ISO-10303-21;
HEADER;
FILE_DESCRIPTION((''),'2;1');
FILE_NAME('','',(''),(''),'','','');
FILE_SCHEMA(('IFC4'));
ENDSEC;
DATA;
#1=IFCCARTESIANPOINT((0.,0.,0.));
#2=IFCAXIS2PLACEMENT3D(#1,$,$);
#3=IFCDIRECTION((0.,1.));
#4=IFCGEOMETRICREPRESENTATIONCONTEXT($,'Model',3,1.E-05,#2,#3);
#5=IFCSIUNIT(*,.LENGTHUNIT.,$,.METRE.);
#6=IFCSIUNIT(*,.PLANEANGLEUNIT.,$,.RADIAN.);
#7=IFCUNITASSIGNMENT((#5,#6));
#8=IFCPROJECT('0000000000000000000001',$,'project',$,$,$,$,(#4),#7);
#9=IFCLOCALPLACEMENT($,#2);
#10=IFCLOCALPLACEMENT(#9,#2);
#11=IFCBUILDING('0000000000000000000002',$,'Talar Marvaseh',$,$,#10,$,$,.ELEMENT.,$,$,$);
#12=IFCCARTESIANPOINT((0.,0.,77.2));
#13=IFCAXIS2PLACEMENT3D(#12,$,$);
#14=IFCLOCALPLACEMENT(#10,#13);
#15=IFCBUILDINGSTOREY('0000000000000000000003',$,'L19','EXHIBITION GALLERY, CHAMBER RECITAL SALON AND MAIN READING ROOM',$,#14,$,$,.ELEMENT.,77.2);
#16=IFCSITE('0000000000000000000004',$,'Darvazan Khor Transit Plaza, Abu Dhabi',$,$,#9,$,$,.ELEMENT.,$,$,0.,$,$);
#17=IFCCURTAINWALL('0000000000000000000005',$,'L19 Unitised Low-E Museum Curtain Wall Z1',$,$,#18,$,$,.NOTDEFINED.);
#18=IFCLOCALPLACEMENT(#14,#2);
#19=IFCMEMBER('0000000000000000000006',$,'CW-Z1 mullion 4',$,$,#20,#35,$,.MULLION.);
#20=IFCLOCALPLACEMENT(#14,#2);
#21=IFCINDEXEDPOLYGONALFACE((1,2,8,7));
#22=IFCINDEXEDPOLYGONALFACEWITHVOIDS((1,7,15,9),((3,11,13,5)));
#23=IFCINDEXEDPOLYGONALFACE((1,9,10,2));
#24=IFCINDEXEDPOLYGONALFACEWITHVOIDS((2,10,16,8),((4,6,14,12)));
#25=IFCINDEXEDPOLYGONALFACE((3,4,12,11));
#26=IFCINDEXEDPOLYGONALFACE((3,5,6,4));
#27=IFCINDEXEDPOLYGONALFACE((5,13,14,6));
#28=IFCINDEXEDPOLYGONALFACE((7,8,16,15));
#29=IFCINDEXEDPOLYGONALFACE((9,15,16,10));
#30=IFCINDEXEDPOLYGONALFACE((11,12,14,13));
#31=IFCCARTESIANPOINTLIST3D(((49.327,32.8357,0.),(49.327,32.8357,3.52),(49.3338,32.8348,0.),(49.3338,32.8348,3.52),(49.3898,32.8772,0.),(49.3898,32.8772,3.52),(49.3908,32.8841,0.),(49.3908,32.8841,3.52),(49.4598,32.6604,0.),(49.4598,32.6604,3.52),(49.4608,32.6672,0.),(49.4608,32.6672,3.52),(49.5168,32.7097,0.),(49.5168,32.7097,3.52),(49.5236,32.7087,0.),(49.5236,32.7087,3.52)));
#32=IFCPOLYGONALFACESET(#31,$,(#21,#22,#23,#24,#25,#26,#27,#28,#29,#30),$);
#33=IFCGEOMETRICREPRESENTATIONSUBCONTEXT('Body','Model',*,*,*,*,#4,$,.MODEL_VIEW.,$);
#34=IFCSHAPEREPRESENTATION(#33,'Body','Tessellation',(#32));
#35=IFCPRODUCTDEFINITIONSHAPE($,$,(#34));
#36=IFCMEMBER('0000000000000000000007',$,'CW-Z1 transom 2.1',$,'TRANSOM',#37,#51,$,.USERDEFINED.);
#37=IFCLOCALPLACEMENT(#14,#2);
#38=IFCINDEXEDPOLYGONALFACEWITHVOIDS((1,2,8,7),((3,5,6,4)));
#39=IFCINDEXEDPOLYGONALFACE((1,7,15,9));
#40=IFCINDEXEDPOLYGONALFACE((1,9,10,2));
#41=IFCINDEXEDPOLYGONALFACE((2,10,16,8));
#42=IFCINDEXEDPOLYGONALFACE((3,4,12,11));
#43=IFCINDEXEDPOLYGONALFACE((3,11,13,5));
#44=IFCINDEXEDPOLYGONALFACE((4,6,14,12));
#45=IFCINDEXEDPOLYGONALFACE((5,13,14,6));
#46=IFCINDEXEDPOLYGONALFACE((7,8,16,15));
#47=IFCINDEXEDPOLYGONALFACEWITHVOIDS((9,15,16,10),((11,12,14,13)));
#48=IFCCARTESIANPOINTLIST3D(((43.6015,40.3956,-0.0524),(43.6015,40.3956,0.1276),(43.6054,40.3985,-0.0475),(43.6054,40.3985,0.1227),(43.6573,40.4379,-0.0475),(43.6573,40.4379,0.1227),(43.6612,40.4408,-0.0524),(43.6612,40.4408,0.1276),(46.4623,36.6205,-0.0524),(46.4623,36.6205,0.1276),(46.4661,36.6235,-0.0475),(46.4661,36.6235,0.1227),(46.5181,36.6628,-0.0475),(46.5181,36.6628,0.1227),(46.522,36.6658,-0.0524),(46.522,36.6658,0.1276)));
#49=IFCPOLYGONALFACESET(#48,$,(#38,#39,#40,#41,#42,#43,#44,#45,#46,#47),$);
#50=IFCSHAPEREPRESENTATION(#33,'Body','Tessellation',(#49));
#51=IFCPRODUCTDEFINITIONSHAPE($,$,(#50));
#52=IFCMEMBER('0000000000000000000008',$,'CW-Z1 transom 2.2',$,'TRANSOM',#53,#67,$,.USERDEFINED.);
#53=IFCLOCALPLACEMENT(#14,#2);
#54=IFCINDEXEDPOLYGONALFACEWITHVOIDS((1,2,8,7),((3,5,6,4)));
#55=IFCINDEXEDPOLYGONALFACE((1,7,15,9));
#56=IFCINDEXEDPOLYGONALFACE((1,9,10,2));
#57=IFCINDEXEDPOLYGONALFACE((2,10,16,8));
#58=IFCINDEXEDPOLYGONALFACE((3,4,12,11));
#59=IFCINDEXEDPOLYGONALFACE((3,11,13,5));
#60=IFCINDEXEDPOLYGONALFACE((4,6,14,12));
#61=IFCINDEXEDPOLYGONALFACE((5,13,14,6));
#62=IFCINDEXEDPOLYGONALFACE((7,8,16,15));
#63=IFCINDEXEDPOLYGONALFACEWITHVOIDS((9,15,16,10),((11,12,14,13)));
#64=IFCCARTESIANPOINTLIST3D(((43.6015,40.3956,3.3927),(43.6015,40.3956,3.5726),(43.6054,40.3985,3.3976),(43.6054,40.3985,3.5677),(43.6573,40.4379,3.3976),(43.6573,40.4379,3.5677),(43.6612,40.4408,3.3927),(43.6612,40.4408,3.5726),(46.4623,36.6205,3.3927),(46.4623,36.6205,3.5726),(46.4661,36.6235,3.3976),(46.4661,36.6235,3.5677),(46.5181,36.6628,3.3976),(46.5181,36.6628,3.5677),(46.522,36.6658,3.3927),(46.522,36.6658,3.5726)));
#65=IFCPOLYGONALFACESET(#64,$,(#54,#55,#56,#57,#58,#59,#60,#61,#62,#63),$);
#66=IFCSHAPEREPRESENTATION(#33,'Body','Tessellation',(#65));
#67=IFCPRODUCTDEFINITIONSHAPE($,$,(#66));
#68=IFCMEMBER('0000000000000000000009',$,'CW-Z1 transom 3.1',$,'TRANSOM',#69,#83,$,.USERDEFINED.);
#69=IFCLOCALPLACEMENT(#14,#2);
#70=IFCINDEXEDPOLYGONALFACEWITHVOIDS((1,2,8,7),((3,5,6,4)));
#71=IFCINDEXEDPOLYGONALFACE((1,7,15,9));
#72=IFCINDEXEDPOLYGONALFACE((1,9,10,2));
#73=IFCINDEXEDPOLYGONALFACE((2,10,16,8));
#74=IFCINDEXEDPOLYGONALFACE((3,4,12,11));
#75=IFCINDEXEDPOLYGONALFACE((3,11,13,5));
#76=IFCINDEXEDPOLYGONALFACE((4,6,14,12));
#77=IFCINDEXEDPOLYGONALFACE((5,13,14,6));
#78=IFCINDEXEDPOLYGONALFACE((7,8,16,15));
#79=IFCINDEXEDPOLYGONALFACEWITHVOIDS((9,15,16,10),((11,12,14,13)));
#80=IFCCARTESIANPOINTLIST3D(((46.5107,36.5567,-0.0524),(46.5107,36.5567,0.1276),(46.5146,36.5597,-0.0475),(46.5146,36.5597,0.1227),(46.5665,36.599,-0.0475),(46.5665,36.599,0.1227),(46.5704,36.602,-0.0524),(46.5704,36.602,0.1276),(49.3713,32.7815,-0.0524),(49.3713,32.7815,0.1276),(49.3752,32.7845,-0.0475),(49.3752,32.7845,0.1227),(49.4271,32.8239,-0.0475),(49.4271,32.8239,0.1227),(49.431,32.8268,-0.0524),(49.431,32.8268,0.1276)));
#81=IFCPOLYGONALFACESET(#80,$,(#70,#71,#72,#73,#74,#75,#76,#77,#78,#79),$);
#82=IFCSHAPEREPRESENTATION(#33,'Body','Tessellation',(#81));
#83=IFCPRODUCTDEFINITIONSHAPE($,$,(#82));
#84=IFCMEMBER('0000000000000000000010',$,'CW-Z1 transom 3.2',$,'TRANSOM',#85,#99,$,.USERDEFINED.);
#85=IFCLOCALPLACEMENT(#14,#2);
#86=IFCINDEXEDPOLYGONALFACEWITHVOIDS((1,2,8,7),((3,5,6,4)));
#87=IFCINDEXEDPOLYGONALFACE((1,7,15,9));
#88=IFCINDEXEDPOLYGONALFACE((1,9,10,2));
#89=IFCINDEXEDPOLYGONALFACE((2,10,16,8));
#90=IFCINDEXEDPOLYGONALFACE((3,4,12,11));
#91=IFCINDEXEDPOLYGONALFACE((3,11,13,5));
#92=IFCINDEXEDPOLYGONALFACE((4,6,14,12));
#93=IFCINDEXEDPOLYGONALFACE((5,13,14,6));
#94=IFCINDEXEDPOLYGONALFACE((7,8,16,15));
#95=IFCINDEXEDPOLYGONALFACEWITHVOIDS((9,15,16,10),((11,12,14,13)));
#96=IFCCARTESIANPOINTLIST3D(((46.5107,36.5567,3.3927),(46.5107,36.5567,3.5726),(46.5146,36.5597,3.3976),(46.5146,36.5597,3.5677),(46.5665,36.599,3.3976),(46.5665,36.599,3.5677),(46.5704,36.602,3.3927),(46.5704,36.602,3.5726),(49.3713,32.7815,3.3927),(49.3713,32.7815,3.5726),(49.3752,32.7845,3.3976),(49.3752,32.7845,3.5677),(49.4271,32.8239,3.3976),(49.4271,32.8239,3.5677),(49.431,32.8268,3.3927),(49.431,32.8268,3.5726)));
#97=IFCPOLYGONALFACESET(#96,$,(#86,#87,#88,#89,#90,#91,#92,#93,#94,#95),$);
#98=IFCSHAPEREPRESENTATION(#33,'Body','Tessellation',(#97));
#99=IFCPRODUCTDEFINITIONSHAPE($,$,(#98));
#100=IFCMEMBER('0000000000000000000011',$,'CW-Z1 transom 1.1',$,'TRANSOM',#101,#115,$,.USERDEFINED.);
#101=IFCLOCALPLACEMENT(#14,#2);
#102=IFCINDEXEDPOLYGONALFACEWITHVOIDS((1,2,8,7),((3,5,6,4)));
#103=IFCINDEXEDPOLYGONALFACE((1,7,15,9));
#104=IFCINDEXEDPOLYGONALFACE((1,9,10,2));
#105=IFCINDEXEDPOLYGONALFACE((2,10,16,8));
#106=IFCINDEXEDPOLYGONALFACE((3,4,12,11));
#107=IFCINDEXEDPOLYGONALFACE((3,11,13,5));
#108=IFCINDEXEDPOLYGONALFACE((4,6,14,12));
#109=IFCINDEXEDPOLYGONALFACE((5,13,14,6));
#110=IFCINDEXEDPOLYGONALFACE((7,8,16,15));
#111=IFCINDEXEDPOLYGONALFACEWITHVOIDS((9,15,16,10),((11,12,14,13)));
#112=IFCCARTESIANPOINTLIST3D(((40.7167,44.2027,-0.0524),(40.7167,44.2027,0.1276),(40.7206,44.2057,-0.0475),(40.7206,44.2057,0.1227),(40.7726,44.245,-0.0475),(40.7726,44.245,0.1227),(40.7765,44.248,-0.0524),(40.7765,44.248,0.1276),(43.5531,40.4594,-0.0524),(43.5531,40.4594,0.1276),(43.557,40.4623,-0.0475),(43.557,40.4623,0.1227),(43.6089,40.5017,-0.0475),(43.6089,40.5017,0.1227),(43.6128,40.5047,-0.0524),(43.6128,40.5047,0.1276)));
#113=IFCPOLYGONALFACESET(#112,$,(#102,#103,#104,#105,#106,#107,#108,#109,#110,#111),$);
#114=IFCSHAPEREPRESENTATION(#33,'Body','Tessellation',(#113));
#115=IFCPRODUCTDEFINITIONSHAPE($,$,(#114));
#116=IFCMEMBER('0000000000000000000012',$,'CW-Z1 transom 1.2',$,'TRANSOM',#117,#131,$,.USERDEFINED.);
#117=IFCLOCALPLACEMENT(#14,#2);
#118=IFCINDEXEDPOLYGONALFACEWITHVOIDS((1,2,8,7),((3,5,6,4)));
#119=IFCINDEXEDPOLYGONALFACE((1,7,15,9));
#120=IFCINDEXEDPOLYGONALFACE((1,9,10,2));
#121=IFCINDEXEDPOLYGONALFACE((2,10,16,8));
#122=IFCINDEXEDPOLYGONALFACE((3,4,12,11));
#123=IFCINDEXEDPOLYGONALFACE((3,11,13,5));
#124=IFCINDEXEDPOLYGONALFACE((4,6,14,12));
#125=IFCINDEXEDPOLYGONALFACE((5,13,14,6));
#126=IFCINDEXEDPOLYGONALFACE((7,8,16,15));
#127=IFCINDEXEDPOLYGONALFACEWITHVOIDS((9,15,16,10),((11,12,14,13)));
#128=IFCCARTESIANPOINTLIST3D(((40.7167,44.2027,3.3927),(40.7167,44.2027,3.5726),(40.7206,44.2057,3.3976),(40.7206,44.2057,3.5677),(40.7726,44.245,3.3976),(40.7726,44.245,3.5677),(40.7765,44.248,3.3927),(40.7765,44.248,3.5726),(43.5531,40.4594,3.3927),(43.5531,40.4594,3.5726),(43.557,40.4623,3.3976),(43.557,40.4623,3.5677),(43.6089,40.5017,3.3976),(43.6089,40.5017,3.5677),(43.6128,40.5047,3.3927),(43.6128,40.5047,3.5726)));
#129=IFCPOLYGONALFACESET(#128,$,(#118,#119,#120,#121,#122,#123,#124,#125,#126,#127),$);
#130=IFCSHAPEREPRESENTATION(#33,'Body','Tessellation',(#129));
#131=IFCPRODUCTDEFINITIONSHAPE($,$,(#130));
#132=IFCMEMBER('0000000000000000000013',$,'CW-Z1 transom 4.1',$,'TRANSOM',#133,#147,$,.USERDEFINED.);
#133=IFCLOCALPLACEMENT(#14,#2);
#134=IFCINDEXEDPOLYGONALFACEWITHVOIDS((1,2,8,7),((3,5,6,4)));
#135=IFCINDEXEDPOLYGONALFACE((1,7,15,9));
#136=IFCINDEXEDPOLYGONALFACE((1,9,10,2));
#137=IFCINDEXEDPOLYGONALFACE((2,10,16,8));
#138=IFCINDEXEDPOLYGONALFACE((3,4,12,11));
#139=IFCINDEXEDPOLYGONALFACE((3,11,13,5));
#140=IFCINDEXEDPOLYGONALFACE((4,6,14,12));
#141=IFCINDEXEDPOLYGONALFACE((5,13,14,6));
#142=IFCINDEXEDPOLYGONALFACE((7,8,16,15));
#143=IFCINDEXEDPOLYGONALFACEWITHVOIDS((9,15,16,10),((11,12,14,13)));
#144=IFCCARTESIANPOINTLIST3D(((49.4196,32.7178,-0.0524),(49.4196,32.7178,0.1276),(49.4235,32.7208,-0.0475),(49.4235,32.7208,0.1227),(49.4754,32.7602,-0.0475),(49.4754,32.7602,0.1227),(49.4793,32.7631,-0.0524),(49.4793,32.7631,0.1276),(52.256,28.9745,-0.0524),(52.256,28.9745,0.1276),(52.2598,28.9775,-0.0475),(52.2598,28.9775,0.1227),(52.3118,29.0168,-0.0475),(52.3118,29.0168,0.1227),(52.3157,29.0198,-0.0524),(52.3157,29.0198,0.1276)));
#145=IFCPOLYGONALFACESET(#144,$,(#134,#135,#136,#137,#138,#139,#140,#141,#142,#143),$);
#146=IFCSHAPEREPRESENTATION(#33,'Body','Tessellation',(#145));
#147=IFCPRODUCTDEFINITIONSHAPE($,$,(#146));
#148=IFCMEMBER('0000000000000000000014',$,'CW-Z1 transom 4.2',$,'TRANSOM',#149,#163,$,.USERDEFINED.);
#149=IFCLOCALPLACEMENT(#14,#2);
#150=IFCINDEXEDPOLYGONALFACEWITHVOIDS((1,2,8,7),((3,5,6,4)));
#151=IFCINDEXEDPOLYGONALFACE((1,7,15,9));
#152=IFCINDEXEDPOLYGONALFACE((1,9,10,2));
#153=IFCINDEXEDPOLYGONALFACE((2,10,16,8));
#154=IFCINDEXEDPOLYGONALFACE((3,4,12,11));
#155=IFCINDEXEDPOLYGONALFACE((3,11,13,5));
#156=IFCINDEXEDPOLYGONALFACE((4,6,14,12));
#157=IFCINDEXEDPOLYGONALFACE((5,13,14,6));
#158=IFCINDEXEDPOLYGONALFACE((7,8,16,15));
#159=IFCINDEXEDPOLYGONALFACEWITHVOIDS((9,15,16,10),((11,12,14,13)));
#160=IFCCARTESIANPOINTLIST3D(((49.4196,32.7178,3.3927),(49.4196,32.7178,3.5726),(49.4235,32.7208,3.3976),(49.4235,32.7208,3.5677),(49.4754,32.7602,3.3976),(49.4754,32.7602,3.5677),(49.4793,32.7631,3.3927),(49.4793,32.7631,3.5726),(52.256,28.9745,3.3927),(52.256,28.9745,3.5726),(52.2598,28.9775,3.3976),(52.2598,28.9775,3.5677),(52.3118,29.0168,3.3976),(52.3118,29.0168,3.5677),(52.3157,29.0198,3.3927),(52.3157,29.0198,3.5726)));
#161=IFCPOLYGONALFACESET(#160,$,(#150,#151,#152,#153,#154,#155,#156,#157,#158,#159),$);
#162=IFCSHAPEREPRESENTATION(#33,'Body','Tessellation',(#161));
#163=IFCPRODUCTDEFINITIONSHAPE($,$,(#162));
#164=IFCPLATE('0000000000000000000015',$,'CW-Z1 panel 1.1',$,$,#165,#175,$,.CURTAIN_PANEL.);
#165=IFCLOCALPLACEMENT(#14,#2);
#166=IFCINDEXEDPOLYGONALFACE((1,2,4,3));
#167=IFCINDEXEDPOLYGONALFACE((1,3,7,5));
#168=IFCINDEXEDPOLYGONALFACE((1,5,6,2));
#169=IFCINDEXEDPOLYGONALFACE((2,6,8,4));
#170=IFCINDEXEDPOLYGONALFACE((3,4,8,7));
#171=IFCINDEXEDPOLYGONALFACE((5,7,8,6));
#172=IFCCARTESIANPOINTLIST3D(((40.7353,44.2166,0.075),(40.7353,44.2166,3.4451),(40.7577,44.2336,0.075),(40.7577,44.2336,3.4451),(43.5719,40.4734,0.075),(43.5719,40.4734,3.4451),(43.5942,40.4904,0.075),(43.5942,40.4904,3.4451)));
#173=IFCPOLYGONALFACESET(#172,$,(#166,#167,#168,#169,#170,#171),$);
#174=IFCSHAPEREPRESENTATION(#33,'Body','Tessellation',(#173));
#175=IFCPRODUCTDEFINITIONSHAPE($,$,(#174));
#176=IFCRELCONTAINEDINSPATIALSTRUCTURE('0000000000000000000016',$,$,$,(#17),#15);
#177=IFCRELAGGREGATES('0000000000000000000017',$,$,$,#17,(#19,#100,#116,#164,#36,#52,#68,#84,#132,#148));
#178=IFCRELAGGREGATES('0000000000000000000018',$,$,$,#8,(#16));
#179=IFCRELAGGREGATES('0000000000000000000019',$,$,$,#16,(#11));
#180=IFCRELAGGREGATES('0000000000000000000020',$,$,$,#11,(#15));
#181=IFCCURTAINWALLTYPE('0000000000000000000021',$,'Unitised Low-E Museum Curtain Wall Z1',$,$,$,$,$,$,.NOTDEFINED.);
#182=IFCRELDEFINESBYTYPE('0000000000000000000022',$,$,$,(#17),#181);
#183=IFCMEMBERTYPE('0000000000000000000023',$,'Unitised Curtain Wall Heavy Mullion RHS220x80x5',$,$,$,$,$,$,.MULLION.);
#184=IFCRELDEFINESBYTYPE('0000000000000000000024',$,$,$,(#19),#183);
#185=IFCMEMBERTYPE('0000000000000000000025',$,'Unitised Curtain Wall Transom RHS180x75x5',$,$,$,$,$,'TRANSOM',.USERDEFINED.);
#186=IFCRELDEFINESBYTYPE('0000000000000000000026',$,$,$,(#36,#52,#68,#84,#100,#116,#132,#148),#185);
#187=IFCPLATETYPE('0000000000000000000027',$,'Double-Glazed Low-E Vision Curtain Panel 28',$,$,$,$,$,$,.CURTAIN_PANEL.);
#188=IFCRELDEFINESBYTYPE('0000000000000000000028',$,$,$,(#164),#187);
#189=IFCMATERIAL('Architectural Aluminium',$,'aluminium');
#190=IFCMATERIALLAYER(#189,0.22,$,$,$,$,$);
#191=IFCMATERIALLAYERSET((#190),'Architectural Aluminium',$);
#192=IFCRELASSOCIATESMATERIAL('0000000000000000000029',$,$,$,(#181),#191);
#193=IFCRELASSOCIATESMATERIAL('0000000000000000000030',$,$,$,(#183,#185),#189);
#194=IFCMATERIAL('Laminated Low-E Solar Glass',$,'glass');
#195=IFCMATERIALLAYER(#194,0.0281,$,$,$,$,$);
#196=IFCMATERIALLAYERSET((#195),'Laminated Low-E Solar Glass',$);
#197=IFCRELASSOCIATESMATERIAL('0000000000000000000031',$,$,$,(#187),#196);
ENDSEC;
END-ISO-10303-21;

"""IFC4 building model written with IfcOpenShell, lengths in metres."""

from ifc_helpers import new_model, si_unit, direction, frame, origin, origin_2d, place, context, subcontext, project, spatial, rectangle, hollow_rectangle, extrude, source, transform, mapped, material, layer, layer_set, material_profile, profile_set, type_object, type_shapes, element, aggregate, save


model = new_model("IFC4")

# Units and contexts
model_context = context("Model", 3, precision=1e-05, world=origin(), true_north=direction((0.0, 1.0)))
body_context = subcontext(model_context, "Body", "Model", "MODEL_VIEW")
ifc_project = project(units=[si_unit("LENGTHUNIT", "METRE"), si_unit("PLANEANGLEUNIT", "RADIAN")], contexts=[model_context])

# Site, building, storey
site_placement = place(None, origin())
site = spatial("IfcSite", under=ifc_project, at=site_placement, Name="Darvazan Khor Transit Plaza, Abu Dhabi", CompositionType="ELEMENT", RefElevation=0.0)
building_placement = place(site_placement, origin())
building = spatial("IfcBuilding", under=site, at=building_placement, Name="Talar Marvaseh", CompositionType="ELEMENT")
storey_placement = place(building_placement, frame((0.0, 0.0, 77.2)))
storey = spatial("IfcBuildingStorey", under=building, at=storey_placement, Name="L19", Description="EXHIBITION GALLERY, CHAMBER RECITAL SALON AND MAIN READING ROOM", CompositionType="ELEMENT", Elevation=77.2)

# Shared definitions
ifc_material_1 = material(Name="Architectural Aluminium", Category="aluminium")
ifc_layer_1 = layer(ifc_material_1, 0.22)
ifc_layer_set_1 = layer_set([ifc_layer_1], Name="Architectural Aluminium")
curtain_wall_type = type_object("IfcCurtainWallType", Name="Unitised Low-E Museum Curtain Wall Z1", PredefinedType="NOTDEFINED", material=ifc_layer_set_1)
ifc_material_profile_1 = material_profile(ifc_material_1, hollow_rectangle(XDim=0.0801, YDim=0.22, WallThickness=0.0049, at=origin_2d()), Name="RHS220x80x5")
ifc_profile_set_1 = profile_set([ifc_material_profile_1], Name="Architectural Aluminium")
member_type_1 = type_object("IfcMemberType", Name="Unitised Curtain Wall Heavy Mullion RHS220x80x5", PredefinedType="MULLION", material=ifc_profile_set_1)
shared_shape_1 = source(origin(), body_context, "Body", "SweptSolid", [
    extrude(hollow_rectangle(XDim=0.0801, YDim=0.22, WallThickness=0.0049, at=origin_2d()), origin(), (0.0, 0.0, 1.0), 3.52),
])
type_shapes(member_type_1, [shared_shape_1])

# Curtain wall, members, plate
curtain_wall_1_placement = place(storey_placement, origin())
curtain_wall_1 = element("IfcCurtainWall", 1, at=curtain_wall_1_placement, inside=storey, type_object=curtain_wall_type, Name="L19 Unitised Low-E Museum Curtain Wall Z1", PredefinedType="NOTDEFINED")
member_1_placement = place(storey_placement, frame((49.4253, 32.7722, 0.0), z_axis=(0.0, 0.0, 1.0), x_axis=(0.797015, 0.603959, 0.0)))
member_1 = element("IfcMember", 2, at=member_1_placement, type_object=member_type_1, Name="CW-Z1 mullion 4", PredefinedType="MULLION", context=body_context, shape_type="MappedRepresentation", body=[
    mapped(shared_shape_1, transform((0.0, 0.0, 0.0), x_axis=(1.0, 0.0, 0.0), y_axis=(0.0, 1.0, 0.0), z_axis=(0.0, 0.0, 1.0), scale=1.0)),
])
ifc_material_profile_2 = material_profile(ifc_material_1, hollow_rectangle(XDim=0.075, YDim=0.1799, WallThickness=0.0049, at=origin_2d()), Name="RHS180x75x5")
ifc_profile_set_2 = profile_set([ifc_material_profile_2], Name="Architectural Aluminium")
member_type_2 = type_object("IfcMemberType", Name="Unitised Curtain Wall Transom RHS180x75x5", ElementType="TRANSOM", PredefinedType="USERDEFINED", material=ifc_profile_set_2)
shared_shape_2 = source(origin(), body_context, "Body", "SweptSolid", [
    extrude(hollow_rectangle(XDim=0.075, YDim=0.1799, WallThickness=0.0049, at=origin_2d()), origin(), (0.0, 0.0, 1.0), 4.7366),
])
member_2_placement = place(storey_placement, frame((43.6313, 40.4182, 0.0376), z_axis=(0.603976, -0.797003, 0.0), x_axis=(0.797003, 0.603976, 0.0)))
member_2 = element("IfcMember", 3, at=member_2_placement, type_object=member_type_2, Name="CW-Z1 transom 2.1", ObjectType="TRANSOM", PredefinedType="USERDEFINED", context=body_context, shape_type="MappedRepresentation", body=[
    mapped(shared_shape_2, transform((0.0, 0.0, 0.0), x_axis=(1.0, 0.0, 0.0), y_axis=(0.0, 1.0, 0.0), z_axis=(0.0, 0.0, 1.0), scale=1.0)),
])
member_3_placement = place(storey_placement, frame((43.6313, 40.4182, 3.4827), z_axis=(0.603976, -0.797003, 0.0), x_axis=(0.797003, 0.603976, 0.0)))
member_3 = element("IfcMember", 4, at=member_3_placement, type_object=member_type_2, Name="CW-Z1 transom 2.2", ObjectType="TRANSOM", PredefinedType="USERDEFINED", context=body_context, shape_type="MappedRepresentation", body=[
    mapped(shared_shape_2, transform((0.0, 0.0, 0.0), x_axis=(1.0, 0.0, 0.0), y_axis=(0.0, 1.0, 0.0), z_axis=(0.0, 0.0, 1.0), scale=1.0)),
])
member_4_placement = place(storey_placement, frame((46.5405, 36.5793, 0.0376), z_axis=(0.603943, -0.797027, 0.0), x_axis=(0.797027, 0.603943, 0.0)))
member_4 = element("IfcMember", 5, at=member_4_placement, type_object=member_type_2, Name="CW-Z1 transom 3.1", ObjectType="TRANSOM", PredefinedType="USERDEFINED", context=body_context, shape_type="MappedRepresentation", body=[
    mapped(shared_shape_2, transform((0.0, 0.0, 0.0), x_axis=(1.0, 0.0, 0.0), y_axis=(0.0, 1.0, 0.0), z_axis=(0.0, 0.0, 1.0), scale=1.0)),
])
member_5_placement = place(storey_placement, frame((46.5405, 36.5793, 3.4827), z_axis=(0.603943, -0.797027, 0.0), x_axis=(0.797027, 0.603943, 0.0)))
member_5 = element("IfcMember", 6, at=member_5_placement, type_object=member_type_2, Name="CW-Z1 transom 3.2", ObjectType="TRANSOM", PredefinedType="USERDEFINED", context=body_context, shape_type="MappedRepresentation", body=[
    mapped(shared_shape_2, transform((0.0, 0.0, 0.0), x_axis=(1.0, 0.0, 0.0), y_axis=(0.0, 1.0, 0.0), z_axis=(0.0, 0.0, 1.0), scale=1.0)),
])
shared_shape_3 = source(origin(), body_context, "Body", "SweptSolid", [
    extrude(hollow_rectangle(XDim=0.075, YDim=0.1799, WallThickness=0.0049, at=origin_2d()), origin(), (0.0, 0.0, 1.0), 4.6965),
])
type_shapes(member_type_2, [shared_shape_2, shared_shape_3])
member_6_placement = place(storey_placement, frame((40.7466, 44.2253, 0.0376), z_axis=(0.603927, -0.79704, 0.0), x_axis=(0.79704, 0.603927, 0.0)))
member_6 = element("IfcMember", 7, at=member_6_placement, type_object=member_type_2, Name="CW-Z1 transom 1.1", ObjectType="TRANSOM", PredefinedType="USERDEFINED", context=body_context, shape_type="MappedRepresentation", body=[
    mapped(shared_shape_3, transform((0.0, 0.0, 0.0), x_axis=(1.0, 0.0, 0.0), y_axis=(0.0, 1.0, 0.0), z_axis=(0.0, 0.0, 1.0), scale=1.0)),
])
member_7_placement = place(storey_placement, frame((40.7466, 44.2253, 3.4827), z_axis=(0.603927, -0.79704, 0.0), x_axis=(0.79704, 0.603927, 0.0)))
member_7 = element("IfcMember", 8, at=member_7_placement, type_object=member_type_2, Name="CW-Z1 transom 1.2", ObjectType="TRANSOM", PredefinedType="USERDEFINED", context=body_context, shape_type="MappedRepresentation", body=[
    mapped(shared_shape_3, transform((0.0, 0.0, 0.0), x_axis=(1.0, 0.0, 0.0), y_axis=(0.0, 1.0, 0.0), z_axis=(0.0, 0.0, 1.0), scale=1.0)),
])
member_8_placement = place(storey_placement, frame((49.4495, 32.7405, 0.0376), z_axis=(0.603927, -0.79704, 0.0), x_axis=(0.79704, 0.603927, 0.0)))
member_8 = element("IfcMember", 9, at=member_8_placement, type_object=member_type_2, Name="CW-Z1 transom 4.1", ObjectType="TRANSOM", PredefinedType="USERDEFINED", context=body_context, shape_type="MappedRepresentation", body=[
    mapped(shared_shape_3, transform((0.0, 0.0, 0.0), x_axis=(1.0, 0.0, 0.0), y_axis=(0.0, 1.0, 0.0), z_axis=(0.0, 0.0, 1.0), scale=1.0)),
])
member_9_placement = place(storey_placement, frame((49.4495, 32.7405, 3.4827), z_axis=(0.603927, -0.79704, 0.0), x_axis=(0.79704, 0.603927, 0.0)))
member_9 = element("IfcMember", 10, at=member_9_placement, type_object=member_type_2, Name="CW-Z1 transom 4.2", ObjectType="TRANSOM", PredefinedType="USERDEFINED", context=body_context, shape_type="MappedRepresentation", body=[
    mapped(shared_shape_3, transform((0.0, 0.0, 0.0), x_axis=(1.0, 0.0, 0.0), y_axis=(0.0, 1.0, 0.0), z_axis=(0.0, 0.0, 1.0), scale=1.0)),
])
ifc_material_2 = material(Name="Laminated Low-E Solar Glass", Category="glass")
ifc_layer_2 = layer(ifc_material_2, 0.0281)
ifc_layer_set_2 = layer_set([ifc_layer_2], Name="Laminated Low-E Solar Glass")
plate_type = type_object("IfcPlateType", Name="Double-Glazed Low-E Vision Curtain Panel 28", PredefinedType="CURTAIN_PANEL", material=ifc_layer_set_2)
shared_shape_4 = source(origin(), body_context, "Body", "SweptSolid", [
    extrude(rectangle(XDim=4.6965, YDim=0.0281, at=origin_2d()), origin(), (0.0, 0.0, 1.0), 3.3701),
])
plate_1_placement = place(storey_placement, frame((42.1648, 42.3535, 0.075), z_axis=(0.0, 0.0, 1.0), x_axis=(0.603959, -0.797015, 0.0)))
plate_1 = element("IfcPlate", 11, at=plate_1_placement, type_object=plate_type, Name="CW-Z1 panel 1.1", PredefinedType="CURTAIN_PANEL", context=body_context, shape_type="MappedRepresentation", body=[
    mapped(shared_shape_4, transform((0.0, 0.0, 0.0), x_axis=(1.0, 0.0, 0.0), y_axis=(0.0, 1.0, 0.0), z_axis=(0.0, 0.0, 1.0), scale=1.0)),
])
aggregate(curtain_wall_1, [member_1, member_6, member_7, plate_1, member_2, member_3, member_4, member_5, member_8, member_9])

save(model, "model.ifc")
